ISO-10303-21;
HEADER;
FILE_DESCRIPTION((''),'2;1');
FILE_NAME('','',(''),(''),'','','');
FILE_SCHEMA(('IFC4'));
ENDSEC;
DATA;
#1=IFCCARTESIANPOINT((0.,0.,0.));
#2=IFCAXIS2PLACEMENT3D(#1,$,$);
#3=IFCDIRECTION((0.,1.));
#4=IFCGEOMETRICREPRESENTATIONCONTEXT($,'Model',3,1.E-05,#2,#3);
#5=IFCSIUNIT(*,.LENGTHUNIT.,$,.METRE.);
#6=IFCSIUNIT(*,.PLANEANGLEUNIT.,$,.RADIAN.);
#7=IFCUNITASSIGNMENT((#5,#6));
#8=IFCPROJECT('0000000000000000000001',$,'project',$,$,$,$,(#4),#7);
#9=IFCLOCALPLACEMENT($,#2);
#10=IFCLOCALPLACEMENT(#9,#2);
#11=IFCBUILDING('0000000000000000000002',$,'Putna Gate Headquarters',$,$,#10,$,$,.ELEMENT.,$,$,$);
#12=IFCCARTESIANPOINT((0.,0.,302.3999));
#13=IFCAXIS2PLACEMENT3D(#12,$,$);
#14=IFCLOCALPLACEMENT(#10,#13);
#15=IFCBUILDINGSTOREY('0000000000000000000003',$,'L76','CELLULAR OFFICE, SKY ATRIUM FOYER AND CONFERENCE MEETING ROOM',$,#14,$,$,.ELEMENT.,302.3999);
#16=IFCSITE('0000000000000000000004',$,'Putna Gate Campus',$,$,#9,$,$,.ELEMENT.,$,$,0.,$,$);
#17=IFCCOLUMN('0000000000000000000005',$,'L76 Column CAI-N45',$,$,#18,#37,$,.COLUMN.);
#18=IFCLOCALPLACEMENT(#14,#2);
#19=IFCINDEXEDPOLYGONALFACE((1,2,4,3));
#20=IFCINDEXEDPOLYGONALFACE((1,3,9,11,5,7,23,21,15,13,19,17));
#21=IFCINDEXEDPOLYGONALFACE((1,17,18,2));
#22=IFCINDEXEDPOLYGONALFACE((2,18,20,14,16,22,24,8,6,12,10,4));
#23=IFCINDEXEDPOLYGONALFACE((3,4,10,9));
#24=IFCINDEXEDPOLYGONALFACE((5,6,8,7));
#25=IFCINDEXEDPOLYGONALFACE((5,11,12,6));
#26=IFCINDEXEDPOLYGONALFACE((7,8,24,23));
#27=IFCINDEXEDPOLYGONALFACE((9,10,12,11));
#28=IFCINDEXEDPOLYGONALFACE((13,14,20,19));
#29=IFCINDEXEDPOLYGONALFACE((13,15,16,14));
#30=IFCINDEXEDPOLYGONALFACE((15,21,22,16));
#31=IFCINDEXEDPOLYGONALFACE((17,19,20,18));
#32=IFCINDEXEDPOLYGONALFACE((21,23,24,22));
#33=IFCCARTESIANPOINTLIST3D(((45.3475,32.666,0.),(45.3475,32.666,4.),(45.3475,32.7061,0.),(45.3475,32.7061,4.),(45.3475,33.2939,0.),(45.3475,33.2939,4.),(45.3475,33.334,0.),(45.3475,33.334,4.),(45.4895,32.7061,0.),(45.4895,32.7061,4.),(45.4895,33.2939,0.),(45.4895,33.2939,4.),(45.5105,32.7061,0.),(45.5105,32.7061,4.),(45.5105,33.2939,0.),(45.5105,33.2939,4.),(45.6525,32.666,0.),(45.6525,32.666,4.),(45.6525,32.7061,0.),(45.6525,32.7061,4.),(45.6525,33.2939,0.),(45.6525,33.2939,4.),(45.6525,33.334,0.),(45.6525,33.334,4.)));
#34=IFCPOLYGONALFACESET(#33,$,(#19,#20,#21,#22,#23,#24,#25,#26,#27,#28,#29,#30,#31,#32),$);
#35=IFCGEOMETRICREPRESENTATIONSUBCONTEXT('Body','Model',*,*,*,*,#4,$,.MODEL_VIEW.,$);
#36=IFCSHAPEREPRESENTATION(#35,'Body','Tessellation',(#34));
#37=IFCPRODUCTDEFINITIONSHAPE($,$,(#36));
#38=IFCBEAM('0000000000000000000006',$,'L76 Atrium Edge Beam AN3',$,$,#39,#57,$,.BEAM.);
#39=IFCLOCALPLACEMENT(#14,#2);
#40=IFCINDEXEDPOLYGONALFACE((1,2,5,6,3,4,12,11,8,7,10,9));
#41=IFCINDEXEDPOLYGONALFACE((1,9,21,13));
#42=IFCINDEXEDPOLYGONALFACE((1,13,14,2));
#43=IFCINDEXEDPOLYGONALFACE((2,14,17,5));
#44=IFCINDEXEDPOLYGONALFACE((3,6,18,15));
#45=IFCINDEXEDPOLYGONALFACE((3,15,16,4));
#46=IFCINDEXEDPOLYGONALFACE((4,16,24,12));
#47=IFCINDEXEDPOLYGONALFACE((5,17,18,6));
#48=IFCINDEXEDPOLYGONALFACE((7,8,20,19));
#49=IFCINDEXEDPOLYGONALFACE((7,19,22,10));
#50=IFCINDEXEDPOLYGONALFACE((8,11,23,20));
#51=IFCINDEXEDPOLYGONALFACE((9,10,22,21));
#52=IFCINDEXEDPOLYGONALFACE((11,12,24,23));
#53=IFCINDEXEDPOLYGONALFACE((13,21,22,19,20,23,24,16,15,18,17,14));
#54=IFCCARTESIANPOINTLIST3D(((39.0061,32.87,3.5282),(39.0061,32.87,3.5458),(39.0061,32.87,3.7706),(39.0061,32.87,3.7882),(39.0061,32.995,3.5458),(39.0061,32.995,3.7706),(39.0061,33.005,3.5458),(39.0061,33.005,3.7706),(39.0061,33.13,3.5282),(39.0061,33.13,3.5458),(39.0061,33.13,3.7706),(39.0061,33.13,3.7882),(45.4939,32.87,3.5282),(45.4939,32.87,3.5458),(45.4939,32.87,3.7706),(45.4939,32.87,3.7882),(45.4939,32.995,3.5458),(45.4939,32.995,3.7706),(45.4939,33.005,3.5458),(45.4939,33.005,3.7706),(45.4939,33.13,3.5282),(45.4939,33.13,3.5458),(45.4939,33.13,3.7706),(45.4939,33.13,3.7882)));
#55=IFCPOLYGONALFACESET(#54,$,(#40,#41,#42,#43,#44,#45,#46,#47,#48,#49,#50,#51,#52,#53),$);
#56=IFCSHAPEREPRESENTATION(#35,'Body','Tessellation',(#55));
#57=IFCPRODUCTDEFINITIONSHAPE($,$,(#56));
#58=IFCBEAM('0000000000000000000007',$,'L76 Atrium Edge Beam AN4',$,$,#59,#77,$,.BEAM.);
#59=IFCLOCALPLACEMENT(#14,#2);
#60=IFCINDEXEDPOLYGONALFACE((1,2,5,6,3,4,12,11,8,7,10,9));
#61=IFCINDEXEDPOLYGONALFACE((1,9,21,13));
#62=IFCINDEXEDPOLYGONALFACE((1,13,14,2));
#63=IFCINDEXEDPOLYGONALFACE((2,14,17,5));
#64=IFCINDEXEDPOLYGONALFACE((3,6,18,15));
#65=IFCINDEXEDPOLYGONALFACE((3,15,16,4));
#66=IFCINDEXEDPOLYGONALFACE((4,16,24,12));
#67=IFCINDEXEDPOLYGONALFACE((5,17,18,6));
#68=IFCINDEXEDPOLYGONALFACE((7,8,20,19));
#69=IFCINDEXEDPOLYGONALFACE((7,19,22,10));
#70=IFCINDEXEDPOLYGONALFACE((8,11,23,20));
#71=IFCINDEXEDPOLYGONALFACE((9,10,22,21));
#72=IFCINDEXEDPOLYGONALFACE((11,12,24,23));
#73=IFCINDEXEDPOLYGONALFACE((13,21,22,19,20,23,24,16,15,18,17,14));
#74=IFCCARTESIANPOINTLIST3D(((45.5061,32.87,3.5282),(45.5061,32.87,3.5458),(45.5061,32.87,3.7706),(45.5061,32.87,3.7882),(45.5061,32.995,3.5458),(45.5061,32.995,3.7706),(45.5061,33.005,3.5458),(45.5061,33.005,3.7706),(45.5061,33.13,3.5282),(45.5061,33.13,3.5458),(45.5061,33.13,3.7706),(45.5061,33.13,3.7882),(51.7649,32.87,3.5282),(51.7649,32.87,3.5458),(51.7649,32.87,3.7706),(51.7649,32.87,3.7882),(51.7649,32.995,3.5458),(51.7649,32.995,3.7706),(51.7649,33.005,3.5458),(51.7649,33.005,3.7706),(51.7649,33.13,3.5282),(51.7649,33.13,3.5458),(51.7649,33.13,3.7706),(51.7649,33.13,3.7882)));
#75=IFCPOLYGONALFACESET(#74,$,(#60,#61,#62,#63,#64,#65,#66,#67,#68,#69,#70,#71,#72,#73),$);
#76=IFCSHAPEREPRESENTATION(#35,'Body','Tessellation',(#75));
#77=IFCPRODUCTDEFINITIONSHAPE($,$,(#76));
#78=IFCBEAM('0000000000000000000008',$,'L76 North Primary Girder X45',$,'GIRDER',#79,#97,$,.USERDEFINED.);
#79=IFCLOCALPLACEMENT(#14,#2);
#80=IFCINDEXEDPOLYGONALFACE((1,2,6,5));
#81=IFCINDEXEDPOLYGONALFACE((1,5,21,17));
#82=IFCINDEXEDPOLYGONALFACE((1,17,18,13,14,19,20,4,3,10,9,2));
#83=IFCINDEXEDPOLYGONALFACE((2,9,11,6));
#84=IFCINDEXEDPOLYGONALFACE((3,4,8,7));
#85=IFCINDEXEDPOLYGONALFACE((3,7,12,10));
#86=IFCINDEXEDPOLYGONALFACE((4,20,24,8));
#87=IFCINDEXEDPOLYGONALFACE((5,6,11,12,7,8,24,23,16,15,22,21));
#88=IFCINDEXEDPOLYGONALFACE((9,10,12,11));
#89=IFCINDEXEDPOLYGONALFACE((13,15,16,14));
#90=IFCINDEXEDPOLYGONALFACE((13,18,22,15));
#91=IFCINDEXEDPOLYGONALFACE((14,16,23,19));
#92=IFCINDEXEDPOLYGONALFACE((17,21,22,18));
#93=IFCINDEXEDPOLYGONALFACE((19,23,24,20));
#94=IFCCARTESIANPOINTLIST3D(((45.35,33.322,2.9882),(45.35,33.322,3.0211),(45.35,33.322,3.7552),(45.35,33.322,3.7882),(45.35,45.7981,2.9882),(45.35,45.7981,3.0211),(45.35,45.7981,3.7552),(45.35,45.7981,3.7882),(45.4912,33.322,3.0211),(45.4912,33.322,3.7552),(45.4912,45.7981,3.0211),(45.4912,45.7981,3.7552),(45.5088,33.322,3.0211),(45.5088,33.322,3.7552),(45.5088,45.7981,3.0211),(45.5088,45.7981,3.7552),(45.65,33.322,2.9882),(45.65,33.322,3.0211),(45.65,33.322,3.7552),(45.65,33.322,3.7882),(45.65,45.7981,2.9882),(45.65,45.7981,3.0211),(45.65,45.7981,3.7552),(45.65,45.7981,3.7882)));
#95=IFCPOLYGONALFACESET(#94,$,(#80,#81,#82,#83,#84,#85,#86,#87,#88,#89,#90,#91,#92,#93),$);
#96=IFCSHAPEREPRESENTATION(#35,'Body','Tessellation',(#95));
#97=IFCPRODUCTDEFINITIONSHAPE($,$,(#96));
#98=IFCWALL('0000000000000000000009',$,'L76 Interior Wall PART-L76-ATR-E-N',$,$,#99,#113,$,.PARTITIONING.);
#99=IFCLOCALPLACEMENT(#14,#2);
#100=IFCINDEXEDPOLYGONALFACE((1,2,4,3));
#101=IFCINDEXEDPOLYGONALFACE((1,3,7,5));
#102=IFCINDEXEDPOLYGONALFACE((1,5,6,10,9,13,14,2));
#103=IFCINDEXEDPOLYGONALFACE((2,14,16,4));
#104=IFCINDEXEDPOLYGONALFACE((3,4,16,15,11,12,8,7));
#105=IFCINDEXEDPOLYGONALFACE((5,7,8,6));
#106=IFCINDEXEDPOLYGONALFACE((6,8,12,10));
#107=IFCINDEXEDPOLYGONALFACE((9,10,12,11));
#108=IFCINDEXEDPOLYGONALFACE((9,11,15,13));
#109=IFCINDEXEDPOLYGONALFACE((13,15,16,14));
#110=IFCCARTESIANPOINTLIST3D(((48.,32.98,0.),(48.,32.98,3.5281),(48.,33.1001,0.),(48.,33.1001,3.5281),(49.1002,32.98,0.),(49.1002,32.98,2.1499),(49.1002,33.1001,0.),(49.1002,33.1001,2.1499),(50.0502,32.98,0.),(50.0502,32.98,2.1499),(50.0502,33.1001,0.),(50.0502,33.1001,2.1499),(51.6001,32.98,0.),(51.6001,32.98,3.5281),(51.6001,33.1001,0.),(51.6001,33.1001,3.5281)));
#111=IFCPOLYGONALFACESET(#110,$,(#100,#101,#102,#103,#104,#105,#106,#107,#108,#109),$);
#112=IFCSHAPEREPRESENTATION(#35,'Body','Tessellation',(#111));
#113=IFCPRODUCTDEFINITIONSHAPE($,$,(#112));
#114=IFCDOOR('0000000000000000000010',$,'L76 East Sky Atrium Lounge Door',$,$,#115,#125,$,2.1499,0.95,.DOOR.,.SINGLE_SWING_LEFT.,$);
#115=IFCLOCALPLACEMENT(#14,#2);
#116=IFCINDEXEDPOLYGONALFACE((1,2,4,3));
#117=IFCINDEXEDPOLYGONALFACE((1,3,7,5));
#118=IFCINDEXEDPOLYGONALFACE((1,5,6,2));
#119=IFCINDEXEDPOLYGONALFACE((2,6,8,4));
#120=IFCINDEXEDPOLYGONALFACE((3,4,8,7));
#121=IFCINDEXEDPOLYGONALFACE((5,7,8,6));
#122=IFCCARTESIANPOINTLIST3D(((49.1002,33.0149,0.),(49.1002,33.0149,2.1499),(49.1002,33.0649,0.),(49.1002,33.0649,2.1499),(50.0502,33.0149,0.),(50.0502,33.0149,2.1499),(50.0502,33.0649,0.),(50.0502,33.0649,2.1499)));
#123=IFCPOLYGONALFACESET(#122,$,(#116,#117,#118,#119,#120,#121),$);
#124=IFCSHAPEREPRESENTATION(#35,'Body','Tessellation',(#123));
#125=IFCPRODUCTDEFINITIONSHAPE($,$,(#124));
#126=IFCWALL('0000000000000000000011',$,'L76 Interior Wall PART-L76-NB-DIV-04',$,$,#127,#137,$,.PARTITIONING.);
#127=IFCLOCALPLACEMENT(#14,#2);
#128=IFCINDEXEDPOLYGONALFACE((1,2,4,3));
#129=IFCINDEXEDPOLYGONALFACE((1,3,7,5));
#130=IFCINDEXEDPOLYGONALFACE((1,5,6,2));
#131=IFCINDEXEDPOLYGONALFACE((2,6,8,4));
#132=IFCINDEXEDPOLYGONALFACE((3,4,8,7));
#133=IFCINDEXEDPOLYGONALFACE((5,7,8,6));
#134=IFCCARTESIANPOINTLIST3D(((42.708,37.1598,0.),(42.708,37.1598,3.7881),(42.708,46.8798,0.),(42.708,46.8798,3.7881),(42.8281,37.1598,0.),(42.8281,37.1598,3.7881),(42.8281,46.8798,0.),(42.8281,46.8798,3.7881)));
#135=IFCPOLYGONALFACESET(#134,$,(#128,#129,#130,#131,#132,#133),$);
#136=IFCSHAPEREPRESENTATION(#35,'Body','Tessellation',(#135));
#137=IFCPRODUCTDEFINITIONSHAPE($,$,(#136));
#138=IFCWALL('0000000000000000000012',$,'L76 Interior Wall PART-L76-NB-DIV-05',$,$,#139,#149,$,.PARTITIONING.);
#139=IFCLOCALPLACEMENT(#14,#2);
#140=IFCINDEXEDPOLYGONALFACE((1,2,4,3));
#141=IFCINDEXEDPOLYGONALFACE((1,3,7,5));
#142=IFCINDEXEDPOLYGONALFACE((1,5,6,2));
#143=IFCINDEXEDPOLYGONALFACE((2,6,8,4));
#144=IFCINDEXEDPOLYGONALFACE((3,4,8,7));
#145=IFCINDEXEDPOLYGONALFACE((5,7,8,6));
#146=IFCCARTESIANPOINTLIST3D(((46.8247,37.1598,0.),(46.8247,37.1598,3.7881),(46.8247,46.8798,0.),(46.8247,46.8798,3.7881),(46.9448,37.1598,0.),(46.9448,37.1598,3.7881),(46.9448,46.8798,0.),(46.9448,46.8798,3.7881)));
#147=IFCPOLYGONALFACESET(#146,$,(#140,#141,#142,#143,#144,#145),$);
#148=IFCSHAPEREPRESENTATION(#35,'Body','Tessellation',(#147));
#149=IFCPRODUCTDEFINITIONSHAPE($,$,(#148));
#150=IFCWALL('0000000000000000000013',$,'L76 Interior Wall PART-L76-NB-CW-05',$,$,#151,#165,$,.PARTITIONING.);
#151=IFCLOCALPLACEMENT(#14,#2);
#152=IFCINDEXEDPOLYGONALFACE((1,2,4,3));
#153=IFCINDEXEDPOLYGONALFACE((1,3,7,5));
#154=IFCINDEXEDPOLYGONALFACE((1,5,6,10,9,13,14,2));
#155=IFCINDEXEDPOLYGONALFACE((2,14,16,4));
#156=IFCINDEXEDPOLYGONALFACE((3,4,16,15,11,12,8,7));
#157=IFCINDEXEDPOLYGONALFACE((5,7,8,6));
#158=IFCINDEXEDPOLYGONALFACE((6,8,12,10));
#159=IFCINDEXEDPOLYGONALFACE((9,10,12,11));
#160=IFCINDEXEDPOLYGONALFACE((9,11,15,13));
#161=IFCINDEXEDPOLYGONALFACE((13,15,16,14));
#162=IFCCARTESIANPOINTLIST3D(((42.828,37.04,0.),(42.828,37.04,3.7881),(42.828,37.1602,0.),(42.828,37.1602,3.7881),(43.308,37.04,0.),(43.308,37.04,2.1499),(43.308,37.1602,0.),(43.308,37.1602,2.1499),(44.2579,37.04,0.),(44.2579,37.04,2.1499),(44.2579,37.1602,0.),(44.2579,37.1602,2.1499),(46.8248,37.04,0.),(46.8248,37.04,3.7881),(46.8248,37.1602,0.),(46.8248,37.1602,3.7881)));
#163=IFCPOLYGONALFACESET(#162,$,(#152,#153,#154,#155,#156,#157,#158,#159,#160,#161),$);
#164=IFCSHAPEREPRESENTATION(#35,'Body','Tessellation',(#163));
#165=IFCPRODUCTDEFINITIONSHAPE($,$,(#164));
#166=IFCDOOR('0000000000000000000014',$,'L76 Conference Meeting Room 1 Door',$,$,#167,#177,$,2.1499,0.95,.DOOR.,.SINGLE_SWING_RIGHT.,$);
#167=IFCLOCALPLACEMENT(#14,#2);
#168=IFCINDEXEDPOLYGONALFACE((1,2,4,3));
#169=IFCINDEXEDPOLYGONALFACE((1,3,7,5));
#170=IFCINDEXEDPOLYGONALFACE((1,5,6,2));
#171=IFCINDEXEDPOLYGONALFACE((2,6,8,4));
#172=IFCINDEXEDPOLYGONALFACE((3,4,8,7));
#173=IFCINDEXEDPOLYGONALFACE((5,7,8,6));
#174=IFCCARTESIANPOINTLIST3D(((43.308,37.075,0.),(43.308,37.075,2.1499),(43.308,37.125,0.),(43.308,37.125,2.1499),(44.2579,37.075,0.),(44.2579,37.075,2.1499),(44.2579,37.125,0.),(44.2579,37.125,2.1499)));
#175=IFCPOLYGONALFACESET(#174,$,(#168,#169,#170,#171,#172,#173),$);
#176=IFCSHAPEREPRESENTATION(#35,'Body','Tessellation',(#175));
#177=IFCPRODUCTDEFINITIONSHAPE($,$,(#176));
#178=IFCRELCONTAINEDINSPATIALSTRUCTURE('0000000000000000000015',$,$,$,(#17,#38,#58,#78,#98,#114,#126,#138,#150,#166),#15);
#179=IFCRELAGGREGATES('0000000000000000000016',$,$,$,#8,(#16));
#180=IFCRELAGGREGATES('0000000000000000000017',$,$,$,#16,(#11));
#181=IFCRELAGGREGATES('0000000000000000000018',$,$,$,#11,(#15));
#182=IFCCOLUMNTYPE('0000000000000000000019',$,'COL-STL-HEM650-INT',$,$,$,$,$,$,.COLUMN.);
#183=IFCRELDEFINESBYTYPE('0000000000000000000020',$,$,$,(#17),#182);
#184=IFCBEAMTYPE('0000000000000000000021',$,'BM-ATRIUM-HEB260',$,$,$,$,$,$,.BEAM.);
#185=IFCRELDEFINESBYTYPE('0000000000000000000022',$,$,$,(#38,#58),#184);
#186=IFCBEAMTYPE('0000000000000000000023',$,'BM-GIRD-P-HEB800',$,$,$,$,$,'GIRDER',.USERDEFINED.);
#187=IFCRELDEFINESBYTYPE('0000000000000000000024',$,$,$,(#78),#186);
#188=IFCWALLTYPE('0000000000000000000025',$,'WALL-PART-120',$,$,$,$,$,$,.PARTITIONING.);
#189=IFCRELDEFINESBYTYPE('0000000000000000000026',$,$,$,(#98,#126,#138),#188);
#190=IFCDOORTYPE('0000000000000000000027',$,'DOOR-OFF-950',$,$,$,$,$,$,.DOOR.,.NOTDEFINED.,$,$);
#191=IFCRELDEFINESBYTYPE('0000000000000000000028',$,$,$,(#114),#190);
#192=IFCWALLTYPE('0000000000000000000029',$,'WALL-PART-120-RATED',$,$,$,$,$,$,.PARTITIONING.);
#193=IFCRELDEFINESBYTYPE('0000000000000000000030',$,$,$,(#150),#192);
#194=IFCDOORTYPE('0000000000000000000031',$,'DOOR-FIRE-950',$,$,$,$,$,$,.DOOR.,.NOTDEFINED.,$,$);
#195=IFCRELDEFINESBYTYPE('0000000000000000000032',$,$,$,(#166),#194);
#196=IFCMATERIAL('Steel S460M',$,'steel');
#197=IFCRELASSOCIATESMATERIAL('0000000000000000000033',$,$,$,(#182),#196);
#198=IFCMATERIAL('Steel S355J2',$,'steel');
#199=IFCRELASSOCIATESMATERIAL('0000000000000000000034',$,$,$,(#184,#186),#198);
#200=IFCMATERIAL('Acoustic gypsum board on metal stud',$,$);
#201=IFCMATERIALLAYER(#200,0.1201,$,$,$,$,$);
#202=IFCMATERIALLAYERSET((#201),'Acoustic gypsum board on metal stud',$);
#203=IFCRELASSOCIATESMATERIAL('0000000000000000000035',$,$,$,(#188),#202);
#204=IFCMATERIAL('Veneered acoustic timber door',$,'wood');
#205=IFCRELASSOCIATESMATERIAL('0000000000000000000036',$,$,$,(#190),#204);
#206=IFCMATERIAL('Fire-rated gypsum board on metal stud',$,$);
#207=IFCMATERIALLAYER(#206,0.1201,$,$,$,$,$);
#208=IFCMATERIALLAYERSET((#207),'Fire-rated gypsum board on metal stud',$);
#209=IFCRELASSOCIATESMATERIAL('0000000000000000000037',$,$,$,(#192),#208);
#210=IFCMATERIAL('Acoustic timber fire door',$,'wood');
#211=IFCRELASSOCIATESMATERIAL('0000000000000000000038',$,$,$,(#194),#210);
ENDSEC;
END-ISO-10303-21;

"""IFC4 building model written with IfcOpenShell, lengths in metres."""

from ifc_helpers import new_model, si_unit, direction, frame, frame_2d, origin, origin_2d, place, context, subcontext, project, spatial, rectangle, i_section, extrude, material, layer, layer_set, material_profile, profile_set, type_object, element, fill, save


model = new_model("IFC4")

# Units and contexts
model_context = context("Model", 3, precision=1e-05, world=origin(), true_north=direction((0.0, 1.0)))
body_context = subcontext(model_context, "Body", "Model", "MODEL_VIEW")
ifc_project = project(units=[si_unit("LENGTHUNIT", "METRE"), si_unit("PLANEANGLEUNIT", "RADIAN")], contexts=[model_context])

# Site, building, storey
site_placement = place(None, origin())
site = spatial("IfcSite", under=ifc_project, at=site_placement, Name="Putna Gate Campus", CompositionType="ELEMENT", RefElevation=0.0)
building_placement = place(site_placement, origin())
building = spatial("IfcBuilding", under=site, at=building_placement, Name="Putna Gate Headquarters", CompositionType="ELEMENT")
storey_placement = place(building_placement, frame((0.0, 0.0, 302.3999)))
storey = spatial("IfcBuildingStorey", under=building, at=storey_placement, Name="L76", Description="CELLULAR OFFICE, SKY ATRIUM FOYER AND CONFERENCE MEETING ROOM", CompositionType="ELEMENT", Elevation=302.3999)

# Column
ifc_material_1 = material(Name="Steel S460M", Category="steel")
ifc_material_profile_1 = material_profile(ifc_material_1, i_section(OverallWidth=0.3049, OverallDepth=0.668, WebThickness=0.021, FlangeThickness=0.04, at=origin_2d()), Name="Steel S460M")
ifc_profile_set_1 = profile_set([ifc_material_profile_1], Name="Steel S460M")
column_type = type_object("IfcColumnType", Name="COL-STL-HEM650-INT", PredefinedType="COLUMN", material=ifc_profile_set_1)
column_placement = place(storey_placement, frame((45.5, 33.0, 0.0), z_axis=(0.0, 0.0, 1.0), x_axis=(1.0, 0.0, 0.0)))
element("IfcColumn", 1, at=column_placement, inside=storey, type_object=column_type, Name="L76 Column CAI-N45", PredefinedType="COLUMN", context=body_context, shape_type="SweptSolid", body=[
    extrude(i_section(OverallWidth=0.3049, OverallDepth=0.668, WebThickness=0.021, FlangeThickness=0.04, at=origin_2d()), origin(), (0.0, 0.0, 1.0), 4.0),
])

# Beams
ifc_material_2 = material(Name="Steel S355J2", Category="steel")
ifc_material_profile_2 = material_profile(ifc_material_2, i_section(OverallWidth=0.26, OverallDepth=0.26, WebThickness=0.01, FlangeThickness=0.0176, at=origin_2d()), Name="Steel S355J2")
ifc_profile_set_2 = profile_set([ifc_material_profile_2], Name="Steel S355J2")
beam_type_1 = type_object("IfcBeamType", Name="BM-ATRIUM-HEB260", PredefinedType="BEAM", material=ifc_profile_set_2)
beam_1_placement = place(storey_placement, frame((39.0061, 33.0, 3.6582), z_axis=(1.0, 0.0, 0.0), x_axis=(0.0, 1.0, 0.0)))
element("IfcBeam", 2, at=beam_1_placement, inside=storey, type_object=beam_type_1, Name="L76 Atrium Edge Beam AN3", PredefinedType="BEAM", context=body_context, shape_type="SweptSolid", body=[
    extrude(i_section(OverallWidth=0.26, OverallDepth=0.26, WebThickness=0.01, FlangeThickness=0.0176, at=origin_2d()), origin(), (0.0, 0.0, 1.0), 6.4878),
])
beam_2_placement = place(storey_placement, frame((45.5061, 33.0, 3.6582), z_axis=(1.0, 0.0, 0.0), x_axis=(0.0, 1.0, 0.0)))
element("IfcBeam", 3, at=beam_2_placement, inside=storey, type_object=beam_type_1, Name="L76 Atrium Edge Beam AN4", PredefinedType="BEAM", context=body_context, shape_type="SweptSolid", body=[
    extrude(i_section(OverallWidth=0.26, OverallDepth=0.26, WebThickness=0.01, FlangeThickness=0.0176, at=origin_2d()), origin(), (0.0, 0.0, 1.0), 6.2588),
])
ifc_material_profile_3 = material_profile(ifc_material_2, i_section(OverallWidth=0.3, OverallDepth=0.8, WebThickness=0.0176, FlangeThickness=0.033, at=origin_2d()), Name="Steel S355J2")
ifc_profile_set_3 = profile_set([ifc_material_profile_3], Name="Steel S355J2")
beam_type_2 = type_object("IfcBeamType", Name="BM-GIRD-P-HEB800", ElementType="GIRDER", PredefinedType="USERDEFINED", material=ifc_profile_set_3)
beam_3_placement = place(storey_placement, frame((45.5, 33.322, 3.3882), z_axis=(0.0, 1.0, 0.0), x_axis=(-1.0, 0.0, 0.0)))
element("IfcBeam", 4, at=beam_3_placement, inside=storey, type_object=beam_type_2, Name="L76 North Primary Girder X45", ObjectType="GIRDER", PredefinedType="USERDEFINED", context=body_context, shape_type="SweptSolid", body=[
    extrude(i_section(OverallWidth=0.3, OverallDepth=0.8, WebThickness=0.0176, FlangeThickness=0.033, at=origin_2d()), origin(), (0.0, 0.0, 1.0), 12.4761),
])

# Wall, opening, door
ifc_material_3 = material(Name="Acoustic gypsum board on metal stud")
ifc_layer_1 = layer(ifc_material_3, 0.1201)
ifc_layer_set_1 = layer_set([ifc_layer_1], Name="Acoustic gypsum board on metal stud")
wall_type_1 = type_object("IfcWallType", Name="WALL-PART-120", PredefinedType="PARTITIONING", material=ifc_layer_set_1)
wall_1_placement = place(storey_placement, frame((48.0, 33.04, 0.0), z_axis=(0.0, 0.0, 1.0), x_axis=(1.0, 0.0, 0.0)))
wall_1 = element("IfcWall", 5, at=wall_1_placement, inside=storey, type_object=wall_type_1, Name="L76 Interior Wall PART-L76-ATR-E-N", PredefinedType="PARTITIONING", context=body_context, shape_type="SweptSolid", body=[
    extrude(rectangle(XDim=3.6001, YDim=0.1201, at=frame_2d((1.8, 0.0))), origin(), (0.0, 0.0, 1.0), 3.5281),
])
opening_1_placement = place(wall_1_placement, frame((1.1001, 0.0, 0.0)))
opening_1 = element("IfcOpeningElement", 6, at=opening_1_placement, cuts=wall_1, PredefinedType="OPENING", context=body_context, shape_type="SweptSolid", body=[
    extrude(rectangle(XDim=0.95, YDim=2.1499, at=frame_2d((0.4751, 1.075))), frame((0.0, 0.0701, 0.0), z_axis=(0.0, -1.0, 0.0), x_axis=(1.0, 0.0, 0.0)), (0.0, 0.0, 1.0), 0.1401),
])
ifc_material_4 = material(Name="Veneered acoustic timber door", Category="wood")
door_type_1 = type_object("IfcDoorType", Name="DOOR-OFF-950", OperationType="NOTDEFINED", PredefinedType="DOOR", material=ifc_material_4)
door_1_placement = place(opening_1_placement, origin())
door_1 = element("IfcDoor", 7, at=door_1_placement, inside=storey, type_object=door_type_1, Name="L76 East Sky Atrium Lounge Door", OperationType="SINGLE_SWING_LEFT", OverallHeight=2.1499, OverallWidth=0.95, PredefinedType="DOOR", context=body_context, shape_type="SweptSolid", body=[
    extrude(rectangle(XDim=0.95, YDim=2.1499, at=frame_2d((0.4751, 1.075))), frame((0.0, 0.0249, 0.0), z_axis=(0.0, -1.0, 0.0), x_axis=(1.0, 0.0, 0.0)), (0.0, 0.0, 1.0), 0.05),
])
fill(opening_1, door_1)

# Walls
for number, where, z_axis, x_axis, name in (
    (8, (42.7681, 37.1599, 0.0), (0.0, 0.0, 1.0), (0.0, 1.0, 0.0), "L76 Interior Wall PART-L76-NB-DIV-04"),
    (9, (46.8848, 37.1599, 0.0), (0.0, 0.0, 1.0), (0.0, 1.0, 0.0), "L76 Interior Wall PART-L76-NB-DIV-05"),
):
    element("IfcWall", number, at=place(storey_placement, frame(where, z_axis=z_axis, x_axis=x_axis)), inside=storey, type_object=wall_type_1, Name=name, PredefinedType="PARTITIONING", context=body_context, shape_type="SweptSolid", body=[
        extrude(rectangle(XDim=9.72, YDim=0.1201, at=frame_2d((4.8599, 0.0))), origin(), (0.0, 0.0, 1.0), 3.7881),
    ])

# Wall, opening, door
ifc_material_5 = material(Name="Fire-rated gypsum board on metal stud")
ifc_layer_2 = layer(ifc_material_5, 0.1201)
ifc_layer_set_2 = layer_set([ifc_layer_2], Name="Fire-rated gypsum board on metal stud")
wall_type_2 = type_object("IfcWallType", Name="WALL-PART-120-RATED", PredefinedType="PARTITIONING", material=ifc_layer_set_2)
wall_2_placement = place(storey_placement, frame((42.8279, 37.1001, 0.0), z_axis=(0.0, 0.0, 1.0), x_axis=(1.0, 0.0, 0.0)))
wall_2 = element("IfcWall", 10, at=wall_2_placement, inside=storey, type_object=wall_type_2, Name="L76 Interior Wall PART-L76-NB-CW-05", PredefinedType="PARTITIONING", context=body_context, shape_type="SweptSolid", body=[
    extrude(rectangle(XDim=3.9968, YDim=0.1201, at=frame_2d((1.9985, 0.0))), origin(), (0.0, 0.0, 1.0), 3.7881),
])
opening_2_placement = place(wall_2_placement, frame((0.48, 0.0, 0.0)))
opening_2 = element("IfcOpeningElement", 11, at=opening_2_placement, cuts=wall_2, PredefinedType="OPENING", context=body_context, shape_type="SweptSolid", body=[
    extrude(rectangle(XDim=0.95, YDim=2.1499, at=frame_2d((0.4751, 1.075))), frame((0.0, 0.0701, 0.0), z_axis=(0.0, -1.0, 0.0), x_axis=(1.0, 0.0, 0.0)), (0.0, 0.0, 1.0), 0.1401),
])
ifc_material_6 = material(Name="Acoustic timber fire door", Category="wood")
door_type_2 = type_object("IfcDoorType", Name="DOOR-FIRE-950", OperationType="NOTDEFINED", PredefinedType="DOOR", material=ifc_material_6)
door_2_placement = place(opening_2_placement, origin())
door_2 = element("IfcDoor", 12, at=door_2_placement, inside=storey, type_object=door_type_2, Name="L76 Conference Meeting Room 1 Door", OperationType="SINGLE_SWING_RIGHT", OverallHeight=2.1499, OverallWidth=0.95, PredefinedType="DOOR", context=body_context, shape_type="SweptSolid", body=[
    extrude(rectangle(XDim=0.95, YDim=2.1499, at=frame_2d((0.4751, 1.075))), frame((0.0, 0.0249, 0.0), z_axis=(0.0, -1.0, 0.0), x_axis=(1.0, 0.0, 0.0)), (0.0, 0.0, 1.0), 0.05),
])
fill(opening_2, door_2)

save(model, "model.ifc")
